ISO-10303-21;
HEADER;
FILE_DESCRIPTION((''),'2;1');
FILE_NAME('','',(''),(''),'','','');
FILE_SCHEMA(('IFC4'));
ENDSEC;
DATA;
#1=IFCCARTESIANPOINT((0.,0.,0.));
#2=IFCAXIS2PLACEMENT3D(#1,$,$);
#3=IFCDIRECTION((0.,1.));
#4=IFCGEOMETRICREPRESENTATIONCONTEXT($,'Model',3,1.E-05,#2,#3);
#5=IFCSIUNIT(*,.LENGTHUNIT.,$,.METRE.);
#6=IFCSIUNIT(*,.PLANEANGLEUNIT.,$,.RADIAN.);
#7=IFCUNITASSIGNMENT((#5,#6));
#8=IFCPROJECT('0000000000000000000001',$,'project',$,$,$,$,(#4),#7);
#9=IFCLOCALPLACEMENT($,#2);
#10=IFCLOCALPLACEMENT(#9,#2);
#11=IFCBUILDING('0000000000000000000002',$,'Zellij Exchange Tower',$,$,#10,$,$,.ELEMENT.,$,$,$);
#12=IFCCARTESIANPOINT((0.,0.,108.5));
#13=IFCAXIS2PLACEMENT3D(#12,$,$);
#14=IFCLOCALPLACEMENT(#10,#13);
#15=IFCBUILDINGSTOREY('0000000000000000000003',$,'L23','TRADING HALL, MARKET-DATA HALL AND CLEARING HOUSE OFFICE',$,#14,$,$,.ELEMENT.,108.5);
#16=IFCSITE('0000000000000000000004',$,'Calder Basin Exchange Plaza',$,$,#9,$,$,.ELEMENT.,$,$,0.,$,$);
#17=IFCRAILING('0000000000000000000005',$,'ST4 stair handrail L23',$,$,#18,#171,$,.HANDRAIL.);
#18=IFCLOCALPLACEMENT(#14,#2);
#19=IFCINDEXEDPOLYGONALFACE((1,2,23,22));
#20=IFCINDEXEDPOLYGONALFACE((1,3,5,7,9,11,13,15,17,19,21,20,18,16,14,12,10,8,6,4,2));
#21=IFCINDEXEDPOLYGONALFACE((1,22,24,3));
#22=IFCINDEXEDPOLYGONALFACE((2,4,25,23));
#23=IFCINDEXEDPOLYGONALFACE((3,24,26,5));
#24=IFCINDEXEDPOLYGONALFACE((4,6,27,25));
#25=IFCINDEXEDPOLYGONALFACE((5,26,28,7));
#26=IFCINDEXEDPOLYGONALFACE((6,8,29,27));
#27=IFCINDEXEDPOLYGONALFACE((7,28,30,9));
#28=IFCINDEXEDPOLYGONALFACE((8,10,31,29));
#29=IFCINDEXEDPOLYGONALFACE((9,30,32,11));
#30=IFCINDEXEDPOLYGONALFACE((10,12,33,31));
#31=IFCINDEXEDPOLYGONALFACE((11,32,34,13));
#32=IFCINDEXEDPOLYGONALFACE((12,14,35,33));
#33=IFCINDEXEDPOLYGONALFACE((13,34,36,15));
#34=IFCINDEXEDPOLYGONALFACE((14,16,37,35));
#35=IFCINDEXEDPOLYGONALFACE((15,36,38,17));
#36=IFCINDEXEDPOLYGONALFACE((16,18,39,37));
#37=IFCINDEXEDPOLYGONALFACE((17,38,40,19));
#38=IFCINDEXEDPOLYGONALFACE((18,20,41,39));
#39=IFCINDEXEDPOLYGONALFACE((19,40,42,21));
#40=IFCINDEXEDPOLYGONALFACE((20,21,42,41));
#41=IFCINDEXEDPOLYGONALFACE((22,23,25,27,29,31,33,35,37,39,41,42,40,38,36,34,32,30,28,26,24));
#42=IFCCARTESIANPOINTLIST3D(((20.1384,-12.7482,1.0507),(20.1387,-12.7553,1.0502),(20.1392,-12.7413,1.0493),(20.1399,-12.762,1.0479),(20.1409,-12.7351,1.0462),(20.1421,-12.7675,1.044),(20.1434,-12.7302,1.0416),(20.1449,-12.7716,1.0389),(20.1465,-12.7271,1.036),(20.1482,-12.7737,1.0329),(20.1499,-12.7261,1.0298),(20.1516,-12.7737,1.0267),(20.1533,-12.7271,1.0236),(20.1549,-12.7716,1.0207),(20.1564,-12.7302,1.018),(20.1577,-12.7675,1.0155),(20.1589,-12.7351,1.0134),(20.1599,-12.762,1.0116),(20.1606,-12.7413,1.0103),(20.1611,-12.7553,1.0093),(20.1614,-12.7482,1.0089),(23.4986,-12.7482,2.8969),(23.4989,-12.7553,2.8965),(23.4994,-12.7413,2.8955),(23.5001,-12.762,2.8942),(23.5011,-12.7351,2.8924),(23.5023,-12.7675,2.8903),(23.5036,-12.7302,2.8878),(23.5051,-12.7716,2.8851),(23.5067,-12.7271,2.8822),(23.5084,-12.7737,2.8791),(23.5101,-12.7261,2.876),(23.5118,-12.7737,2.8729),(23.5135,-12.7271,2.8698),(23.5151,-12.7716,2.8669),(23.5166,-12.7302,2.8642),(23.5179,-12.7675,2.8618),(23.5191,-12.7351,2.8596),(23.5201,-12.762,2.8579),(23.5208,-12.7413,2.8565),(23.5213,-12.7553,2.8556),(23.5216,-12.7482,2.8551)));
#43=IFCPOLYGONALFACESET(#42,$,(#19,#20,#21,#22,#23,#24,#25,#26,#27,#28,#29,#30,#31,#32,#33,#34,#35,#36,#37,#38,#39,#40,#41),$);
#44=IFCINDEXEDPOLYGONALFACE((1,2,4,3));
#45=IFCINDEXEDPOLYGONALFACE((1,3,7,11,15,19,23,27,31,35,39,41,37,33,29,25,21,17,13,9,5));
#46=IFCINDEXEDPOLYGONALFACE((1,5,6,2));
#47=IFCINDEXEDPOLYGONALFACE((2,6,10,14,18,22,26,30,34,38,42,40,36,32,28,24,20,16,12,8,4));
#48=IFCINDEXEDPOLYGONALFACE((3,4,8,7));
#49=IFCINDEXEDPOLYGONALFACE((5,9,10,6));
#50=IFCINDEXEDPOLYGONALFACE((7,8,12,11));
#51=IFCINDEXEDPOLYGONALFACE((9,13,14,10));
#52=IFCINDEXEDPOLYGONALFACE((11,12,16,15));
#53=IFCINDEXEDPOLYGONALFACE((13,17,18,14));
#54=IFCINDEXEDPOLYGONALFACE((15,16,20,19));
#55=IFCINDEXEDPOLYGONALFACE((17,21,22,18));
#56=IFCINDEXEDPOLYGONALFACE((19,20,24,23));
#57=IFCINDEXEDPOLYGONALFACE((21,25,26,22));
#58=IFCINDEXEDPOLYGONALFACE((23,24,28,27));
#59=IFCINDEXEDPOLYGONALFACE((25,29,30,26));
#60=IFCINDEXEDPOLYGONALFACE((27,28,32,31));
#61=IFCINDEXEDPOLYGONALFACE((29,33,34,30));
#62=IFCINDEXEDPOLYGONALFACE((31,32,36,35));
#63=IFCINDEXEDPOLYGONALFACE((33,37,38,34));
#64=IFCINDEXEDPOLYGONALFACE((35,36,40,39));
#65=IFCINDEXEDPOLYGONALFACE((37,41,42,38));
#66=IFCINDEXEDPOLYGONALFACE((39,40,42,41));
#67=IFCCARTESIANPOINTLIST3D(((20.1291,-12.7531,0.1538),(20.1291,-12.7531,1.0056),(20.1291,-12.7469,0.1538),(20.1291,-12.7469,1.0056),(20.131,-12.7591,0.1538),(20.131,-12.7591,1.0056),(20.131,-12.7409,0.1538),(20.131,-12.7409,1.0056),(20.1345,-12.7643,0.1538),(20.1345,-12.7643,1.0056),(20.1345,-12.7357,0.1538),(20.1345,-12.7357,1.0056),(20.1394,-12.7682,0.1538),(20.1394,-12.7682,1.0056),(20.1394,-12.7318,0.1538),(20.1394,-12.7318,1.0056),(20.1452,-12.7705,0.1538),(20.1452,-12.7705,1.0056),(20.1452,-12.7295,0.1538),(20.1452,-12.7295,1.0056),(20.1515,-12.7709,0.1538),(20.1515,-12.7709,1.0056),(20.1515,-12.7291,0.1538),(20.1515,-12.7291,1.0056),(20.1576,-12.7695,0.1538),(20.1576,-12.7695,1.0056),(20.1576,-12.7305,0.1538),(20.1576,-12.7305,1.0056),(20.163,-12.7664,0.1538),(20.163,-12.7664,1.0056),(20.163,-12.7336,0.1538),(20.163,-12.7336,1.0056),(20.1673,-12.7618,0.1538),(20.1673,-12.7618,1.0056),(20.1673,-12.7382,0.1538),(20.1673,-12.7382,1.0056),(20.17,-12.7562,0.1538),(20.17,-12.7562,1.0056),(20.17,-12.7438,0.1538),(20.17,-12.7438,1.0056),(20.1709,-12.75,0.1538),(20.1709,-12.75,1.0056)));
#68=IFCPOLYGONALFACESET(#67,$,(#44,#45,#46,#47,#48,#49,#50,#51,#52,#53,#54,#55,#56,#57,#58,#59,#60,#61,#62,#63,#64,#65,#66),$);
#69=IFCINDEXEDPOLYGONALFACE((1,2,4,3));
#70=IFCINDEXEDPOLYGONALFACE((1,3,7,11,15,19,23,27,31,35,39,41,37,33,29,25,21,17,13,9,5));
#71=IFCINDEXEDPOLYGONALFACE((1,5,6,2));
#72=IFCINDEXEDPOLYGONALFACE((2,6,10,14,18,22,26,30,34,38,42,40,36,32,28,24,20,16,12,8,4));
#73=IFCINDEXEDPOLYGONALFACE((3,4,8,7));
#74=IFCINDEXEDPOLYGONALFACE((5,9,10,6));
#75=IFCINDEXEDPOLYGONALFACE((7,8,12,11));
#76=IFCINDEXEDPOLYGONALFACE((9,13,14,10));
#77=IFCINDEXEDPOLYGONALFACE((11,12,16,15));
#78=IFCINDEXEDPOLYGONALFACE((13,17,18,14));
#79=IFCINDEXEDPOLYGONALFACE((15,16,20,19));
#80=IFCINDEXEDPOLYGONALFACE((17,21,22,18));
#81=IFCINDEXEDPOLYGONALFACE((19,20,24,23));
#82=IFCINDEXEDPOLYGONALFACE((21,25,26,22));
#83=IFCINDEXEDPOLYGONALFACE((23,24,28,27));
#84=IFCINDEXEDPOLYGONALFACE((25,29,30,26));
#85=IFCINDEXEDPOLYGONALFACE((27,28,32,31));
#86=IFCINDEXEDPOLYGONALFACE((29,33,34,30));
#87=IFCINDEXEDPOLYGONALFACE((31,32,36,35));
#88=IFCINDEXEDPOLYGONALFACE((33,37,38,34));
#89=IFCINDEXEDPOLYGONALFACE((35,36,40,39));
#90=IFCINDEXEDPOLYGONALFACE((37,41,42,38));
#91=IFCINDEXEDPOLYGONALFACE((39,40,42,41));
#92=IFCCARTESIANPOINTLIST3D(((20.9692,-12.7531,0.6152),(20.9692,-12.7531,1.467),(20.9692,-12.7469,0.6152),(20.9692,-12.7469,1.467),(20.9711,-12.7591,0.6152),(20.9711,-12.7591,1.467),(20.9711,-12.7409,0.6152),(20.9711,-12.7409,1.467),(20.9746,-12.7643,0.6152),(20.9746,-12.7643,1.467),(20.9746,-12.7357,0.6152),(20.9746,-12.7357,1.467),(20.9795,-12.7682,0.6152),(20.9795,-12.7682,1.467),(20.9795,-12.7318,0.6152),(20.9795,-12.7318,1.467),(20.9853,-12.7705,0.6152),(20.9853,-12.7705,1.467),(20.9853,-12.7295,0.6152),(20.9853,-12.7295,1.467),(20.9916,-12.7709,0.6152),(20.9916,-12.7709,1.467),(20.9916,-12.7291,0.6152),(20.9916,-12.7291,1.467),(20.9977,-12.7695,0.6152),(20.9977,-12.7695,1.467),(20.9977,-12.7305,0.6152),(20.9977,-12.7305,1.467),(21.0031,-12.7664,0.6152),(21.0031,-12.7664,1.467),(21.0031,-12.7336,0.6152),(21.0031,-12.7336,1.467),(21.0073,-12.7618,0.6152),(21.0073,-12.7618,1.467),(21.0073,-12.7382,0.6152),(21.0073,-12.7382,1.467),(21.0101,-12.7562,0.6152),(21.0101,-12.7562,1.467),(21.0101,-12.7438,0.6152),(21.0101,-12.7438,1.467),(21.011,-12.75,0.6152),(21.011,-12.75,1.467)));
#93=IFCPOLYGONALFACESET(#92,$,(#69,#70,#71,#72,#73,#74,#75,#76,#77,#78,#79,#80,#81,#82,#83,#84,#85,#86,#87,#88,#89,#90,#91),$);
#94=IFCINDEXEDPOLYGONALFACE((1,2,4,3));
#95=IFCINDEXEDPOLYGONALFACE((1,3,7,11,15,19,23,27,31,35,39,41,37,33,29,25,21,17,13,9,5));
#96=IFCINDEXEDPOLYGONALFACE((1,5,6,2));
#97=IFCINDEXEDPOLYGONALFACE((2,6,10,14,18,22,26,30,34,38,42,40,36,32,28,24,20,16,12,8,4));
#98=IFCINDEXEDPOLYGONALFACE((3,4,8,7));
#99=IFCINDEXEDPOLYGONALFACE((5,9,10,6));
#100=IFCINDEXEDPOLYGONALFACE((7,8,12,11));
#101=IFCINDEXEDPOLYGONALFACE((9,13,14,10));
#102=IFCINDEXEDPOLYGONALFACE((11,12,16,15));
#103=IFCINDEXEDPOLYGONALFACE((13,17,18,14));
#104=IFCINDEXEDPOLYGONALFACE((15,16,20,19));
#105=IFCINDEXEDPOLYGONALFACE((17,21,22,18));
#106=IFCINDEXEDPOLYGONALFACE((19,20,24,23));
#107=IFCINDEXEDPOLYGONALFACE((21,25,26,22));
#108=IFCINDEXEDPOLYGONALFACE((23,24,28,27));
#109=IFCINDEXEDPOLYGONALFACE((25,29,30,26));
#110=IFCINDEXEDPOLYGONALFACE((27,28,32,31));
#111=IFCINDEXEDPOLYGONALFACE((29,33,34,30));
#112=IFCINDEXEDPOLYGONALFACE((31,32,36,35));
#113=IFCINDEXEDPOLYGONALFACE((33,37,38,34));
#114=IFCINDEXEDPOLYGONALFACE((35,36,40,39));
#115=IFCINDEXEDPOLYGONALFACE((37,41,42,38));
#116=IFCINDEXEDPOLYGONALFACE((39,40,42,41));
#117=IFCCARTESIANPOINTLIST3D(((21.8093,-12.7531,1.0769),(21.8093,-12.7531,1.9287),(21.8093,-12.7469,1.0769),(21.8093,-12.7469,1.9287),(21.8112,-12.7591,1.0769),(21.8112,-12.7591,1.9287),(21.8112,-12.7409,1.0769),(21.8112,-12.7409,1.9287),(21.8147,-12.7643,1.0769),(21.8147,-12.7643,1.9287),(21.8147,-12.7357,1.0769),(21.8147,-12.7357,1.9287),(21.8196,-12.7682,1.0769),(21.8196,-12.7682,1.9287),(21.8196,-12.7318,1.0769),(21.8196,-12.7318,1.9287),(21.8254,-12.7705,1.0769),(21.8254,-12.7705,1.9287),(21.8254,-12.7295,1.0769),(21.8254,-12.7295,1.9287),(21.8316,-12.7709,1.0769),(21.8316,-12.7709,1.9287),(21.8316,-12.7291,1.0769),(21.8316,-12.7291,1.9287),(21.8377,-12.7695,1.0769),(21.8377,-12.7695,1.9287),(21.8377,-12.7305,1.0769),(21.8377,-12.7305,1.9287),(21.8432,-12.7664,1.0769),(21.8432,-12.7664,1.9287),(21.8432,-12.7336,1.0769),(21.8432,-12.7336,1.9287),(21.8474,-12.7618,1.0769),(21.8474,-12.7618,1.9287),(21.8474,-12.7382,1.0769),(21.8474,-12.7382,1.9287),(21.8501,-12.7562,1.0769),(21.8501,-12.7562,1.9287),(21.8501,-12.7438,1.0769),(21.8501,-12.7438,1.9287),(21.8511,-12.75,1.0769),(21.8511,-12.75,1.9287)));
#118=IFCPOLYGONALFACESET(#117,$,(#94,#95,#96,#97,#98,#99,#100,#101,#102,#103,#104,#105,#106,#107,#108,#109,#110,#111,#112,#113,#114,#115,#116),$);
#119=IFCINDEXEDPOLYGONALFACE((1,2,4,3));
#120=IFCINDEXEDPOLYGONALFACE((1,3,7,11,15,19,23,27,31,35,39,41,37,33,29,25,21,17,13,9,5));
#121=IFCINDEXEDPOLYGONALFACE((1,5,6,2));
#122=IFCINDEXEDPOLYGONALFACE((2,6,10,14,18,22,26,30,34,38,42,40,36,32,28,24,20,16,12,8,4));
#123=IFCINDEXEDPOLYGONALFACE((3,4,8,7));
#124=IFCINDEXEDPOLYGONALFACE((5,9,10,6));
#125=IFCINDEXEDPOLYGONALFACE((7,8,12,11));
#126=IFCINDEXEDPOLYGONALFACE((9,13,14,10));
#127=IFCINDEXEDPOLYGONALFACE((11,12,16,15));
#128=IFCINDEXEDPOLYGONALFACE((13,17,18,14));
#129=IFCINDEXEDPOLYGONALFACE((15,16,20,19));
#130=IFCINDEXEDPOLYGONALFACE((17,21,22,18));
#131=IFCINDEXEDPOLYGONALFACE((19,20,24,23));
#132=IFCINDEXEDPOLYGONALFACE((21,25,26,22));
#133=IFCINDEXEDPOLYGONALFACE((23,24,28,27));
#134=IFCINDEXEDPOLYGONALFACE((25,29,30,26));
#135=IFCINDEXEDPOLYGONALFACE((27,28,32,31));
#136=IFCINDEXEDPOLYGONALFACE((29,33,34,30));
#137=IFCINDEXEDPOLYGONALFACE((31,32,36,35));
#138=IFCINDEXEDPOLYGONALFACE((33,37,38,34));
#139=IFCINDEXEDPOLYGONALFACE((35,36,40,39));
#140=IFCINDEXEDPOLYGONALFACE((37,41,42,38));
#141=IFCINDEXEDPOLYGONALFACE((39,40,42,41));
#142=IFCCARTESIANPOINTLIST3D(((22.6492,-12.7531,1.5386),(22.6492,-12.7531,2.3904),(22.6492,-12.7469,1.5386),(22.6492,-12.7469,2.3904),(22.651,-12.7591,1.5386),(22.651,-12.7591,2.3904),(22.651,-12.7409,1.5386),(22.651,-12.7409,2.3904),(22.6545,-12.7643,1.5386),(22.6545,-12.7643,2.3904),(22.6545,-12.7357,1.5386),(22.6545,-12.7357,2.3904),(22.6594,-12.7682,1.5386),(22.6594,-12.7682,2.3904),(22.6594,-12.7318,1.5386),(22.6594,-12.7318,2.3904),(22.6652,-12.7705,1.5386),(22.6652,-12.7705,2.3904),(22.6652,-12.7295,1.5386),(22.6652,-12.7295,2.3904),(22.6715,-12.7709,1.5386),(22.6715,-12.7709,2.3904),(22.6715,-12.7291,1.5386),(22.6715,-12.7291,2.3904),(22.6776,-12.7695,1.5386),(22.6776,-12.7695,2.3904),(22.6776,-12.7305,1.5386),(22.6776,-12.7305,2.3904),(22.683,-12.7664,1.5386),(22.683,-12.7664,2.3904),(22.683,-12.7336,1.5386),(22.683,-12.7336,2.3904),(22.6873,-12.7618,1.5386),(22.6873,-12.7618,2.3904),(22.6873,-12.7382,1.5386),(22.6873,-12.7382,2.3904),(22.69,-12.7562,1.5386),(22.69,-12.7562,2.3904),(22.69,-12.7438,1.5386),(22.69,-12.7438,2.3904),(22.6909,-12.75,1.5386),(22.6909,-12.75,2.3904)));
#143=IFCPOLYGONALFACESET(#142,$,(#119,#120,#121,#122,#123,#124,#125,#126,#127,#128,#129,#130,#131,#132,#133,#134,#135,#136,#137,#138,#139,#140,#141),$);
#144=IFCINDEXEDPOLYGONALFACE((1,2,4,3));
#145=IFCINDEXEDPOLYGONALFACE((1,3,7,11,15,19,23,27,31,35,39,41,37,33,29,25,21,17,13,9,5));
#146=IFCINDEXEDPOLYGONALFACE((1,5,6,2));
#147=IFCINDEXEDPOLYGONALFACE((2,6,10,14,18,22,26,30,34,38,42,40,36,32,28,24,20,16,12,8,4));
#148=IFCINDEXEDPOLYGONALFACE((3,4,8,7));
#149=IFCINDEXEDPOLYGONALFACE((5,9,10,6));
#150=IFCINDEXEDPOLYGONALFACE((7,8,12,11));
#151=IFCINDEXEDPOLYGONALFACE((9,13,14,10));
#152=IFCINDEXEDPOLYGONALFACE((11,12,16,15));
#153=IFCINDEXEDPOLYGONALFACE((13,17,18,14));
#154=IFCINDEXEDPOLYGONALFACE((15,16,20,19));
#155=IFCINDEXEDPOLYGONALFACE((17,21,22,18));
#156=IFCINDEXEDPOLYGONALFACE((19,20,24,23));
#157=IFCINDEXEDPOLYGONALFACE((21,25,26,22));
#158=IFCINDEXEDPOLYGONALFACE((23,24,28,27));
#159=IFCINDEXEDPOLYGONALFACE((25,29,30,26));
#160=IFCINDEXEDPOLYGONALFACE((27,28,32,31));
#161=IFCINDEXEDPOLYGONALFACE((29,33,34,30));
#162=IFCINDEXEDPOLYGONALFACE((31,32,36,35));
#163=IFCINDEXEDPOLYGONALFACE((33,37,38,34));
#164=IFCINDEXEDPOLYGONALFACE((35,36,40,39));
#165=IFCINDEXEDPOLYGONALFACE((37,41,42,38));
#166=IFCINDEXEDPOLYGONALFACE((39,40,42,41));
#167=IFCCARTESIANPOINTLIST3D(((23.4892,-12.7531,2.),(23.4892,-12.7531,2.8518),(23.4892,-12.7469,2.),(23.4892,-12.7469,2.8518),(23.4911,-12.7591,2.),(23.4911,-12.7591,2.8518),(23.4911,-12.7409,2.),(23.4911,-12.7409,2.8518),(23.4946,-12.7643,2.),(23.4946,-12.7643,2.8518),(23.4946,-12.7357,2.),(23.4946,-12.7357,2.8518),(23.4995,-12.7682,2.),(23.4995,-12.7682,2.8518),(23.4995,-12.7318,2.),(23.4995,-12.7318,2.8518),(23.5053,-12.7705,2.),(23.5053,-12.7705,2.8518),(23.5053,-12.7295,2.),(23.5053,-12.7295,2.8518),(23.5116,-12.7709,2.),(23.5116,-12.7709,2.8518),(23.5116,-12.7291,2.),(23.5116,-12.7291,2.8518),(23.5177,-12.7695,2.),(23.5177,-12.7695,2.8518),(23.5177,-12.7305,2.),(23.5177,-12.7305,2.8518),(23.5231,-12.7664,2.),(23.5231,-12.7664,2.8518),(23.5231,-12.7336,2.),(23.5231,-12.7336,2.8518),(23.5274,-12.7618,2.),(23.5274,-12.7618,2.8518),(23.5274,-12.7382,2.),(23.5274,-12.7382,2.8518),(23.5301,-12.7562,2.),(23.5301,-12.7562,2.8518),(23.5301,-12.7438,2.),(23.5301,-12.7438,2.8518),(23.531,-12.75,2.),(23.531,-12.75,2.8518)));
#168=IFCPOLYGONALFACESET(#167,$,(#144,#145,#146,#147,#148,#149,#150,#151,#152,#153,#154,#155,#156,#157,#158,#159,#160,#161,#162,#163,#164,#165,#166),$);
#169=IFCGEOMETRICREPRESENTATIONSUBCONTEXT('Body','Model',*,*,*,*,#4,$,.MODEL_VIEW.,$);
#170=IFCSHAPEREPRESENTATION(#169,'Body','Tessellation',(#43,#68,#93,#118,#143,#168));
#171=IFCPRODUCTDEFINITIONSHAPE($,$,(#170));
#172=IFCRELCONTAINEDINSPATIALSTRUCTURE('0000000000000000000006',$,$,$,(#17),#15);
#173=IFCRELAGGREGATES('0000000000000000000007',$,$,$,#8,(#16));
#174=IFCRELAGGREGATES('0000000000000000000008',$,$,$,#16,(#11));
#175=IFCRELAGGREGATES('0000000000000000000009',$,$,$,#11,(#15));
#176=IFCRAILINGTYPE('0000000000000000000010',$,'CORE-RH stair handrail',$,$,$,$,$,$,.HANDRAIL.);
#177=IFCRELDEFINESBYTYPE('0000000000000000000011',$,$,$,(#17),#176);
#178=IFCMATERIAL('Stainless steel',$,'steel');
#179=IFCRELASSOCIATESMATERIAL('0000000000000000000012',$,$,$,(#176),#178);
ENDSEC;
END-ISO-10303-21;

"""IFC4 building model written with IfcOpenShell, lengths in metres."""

from ifc_helpers import new_model, si_unit, direction, frame, origin, origin_2d, place, context, subcontext, project, spatial, circle, extrude, material, type_object, element, save


model = new_model("IFC4")

# Units and contexts
model_context = context("Model", 3, precision=1e-05, world=origin(), true_north=direction((0.0, 1.0)))
body_context = subcontext(model_context, "Body", "Model", "MODEL_VIEW")
ifc_project = project(units=[si_unit("LENGTHUNIT", "METRE"), si_unit("PLANEANGLEUNIT", "RADIAN")], contexts=[model_context])

# Site, building, storey
site_placement = place(None, origin())
site = spatial("IfcSite", under=ifc_project, at=site_placement, Name="Calder Basin Exchange Plaza", CompositionType="ELEMENT", RefElevation=0.0)
building_placement = place(site_placement, origin())
building = spatial("IfcBuilding", under=site, at=building_placement, Name="Zellij Exchange Tower", CompositionType="ELEMENT")
storey_placement = place(building_placement, frame((0.0, 0.0, 108.5)))
storey = spatial("IfcBuildingStorey", under=building, at=storey_placement, Name="L23", Description="TRADING HALL, MARKET-DATA HALL AND CLEARING HOUSE OFFICE", CompositionType="ELEMENT", Elevation=108.5)

# Railing
ifc_material_1 = material(Name="Stainless steel", Category="steel")
railing_type_1 = type_object("IfcRailingType", Name="CORE-RH stair handrail", PredefinedType="HANDRAIL", material=ifc_material_1)
for number, where, name in (
    (1, (20.1499, -12.75, 0.1538), "ST4 stair handrail L23"),
):
    element("IfcRailing", number, at=place(storey_placement, frame(where)), inside=storey, type_object=railing_type_1, Name=name, PredefinedType="HANDRAIL", context=body_context, shape_type="SweptSolid", body=[
        extrude(circle(Radius=0.0239, at=origin_2d()), frame((0.0, 0.0, 0.876), z_axis=(0.876422, 0.0, 0.481545), x_axis=(0.0, 1.0, 0.0)), (0.0, 0.0, 1.0), 3.834),
        extrude(circle(Radius=0.021, at=origin_2d()), origin(), (0.0, 0.0, 1.0), 0.8518),
        extrude(circle(Radius=0.021, at=origin_2d()), frame((0.8401, 0.0, 0.4614)), (0.0, 0.0, 1.0), 0.8518),
        extrude(circle(Radius=0.021, at=origin_2d()), frame((1.6802, 0.0, 0.9231)), (0.0, 0.0, 1.0), 0.8518),
        extrude(circle(Radius=0.021, at=origin_2d()), frame((2.52, 0.0, 1.3848)), (0.0, 0.0, 1.0), 0.8518),
        extrude(circle(Radius=0.021, at=origin_2d()), frame((3.3601, 0.0, 1.8462)), (0.0, 0.0, 1.0), 0.8518),
    ])

save(model, "model.ifc")
